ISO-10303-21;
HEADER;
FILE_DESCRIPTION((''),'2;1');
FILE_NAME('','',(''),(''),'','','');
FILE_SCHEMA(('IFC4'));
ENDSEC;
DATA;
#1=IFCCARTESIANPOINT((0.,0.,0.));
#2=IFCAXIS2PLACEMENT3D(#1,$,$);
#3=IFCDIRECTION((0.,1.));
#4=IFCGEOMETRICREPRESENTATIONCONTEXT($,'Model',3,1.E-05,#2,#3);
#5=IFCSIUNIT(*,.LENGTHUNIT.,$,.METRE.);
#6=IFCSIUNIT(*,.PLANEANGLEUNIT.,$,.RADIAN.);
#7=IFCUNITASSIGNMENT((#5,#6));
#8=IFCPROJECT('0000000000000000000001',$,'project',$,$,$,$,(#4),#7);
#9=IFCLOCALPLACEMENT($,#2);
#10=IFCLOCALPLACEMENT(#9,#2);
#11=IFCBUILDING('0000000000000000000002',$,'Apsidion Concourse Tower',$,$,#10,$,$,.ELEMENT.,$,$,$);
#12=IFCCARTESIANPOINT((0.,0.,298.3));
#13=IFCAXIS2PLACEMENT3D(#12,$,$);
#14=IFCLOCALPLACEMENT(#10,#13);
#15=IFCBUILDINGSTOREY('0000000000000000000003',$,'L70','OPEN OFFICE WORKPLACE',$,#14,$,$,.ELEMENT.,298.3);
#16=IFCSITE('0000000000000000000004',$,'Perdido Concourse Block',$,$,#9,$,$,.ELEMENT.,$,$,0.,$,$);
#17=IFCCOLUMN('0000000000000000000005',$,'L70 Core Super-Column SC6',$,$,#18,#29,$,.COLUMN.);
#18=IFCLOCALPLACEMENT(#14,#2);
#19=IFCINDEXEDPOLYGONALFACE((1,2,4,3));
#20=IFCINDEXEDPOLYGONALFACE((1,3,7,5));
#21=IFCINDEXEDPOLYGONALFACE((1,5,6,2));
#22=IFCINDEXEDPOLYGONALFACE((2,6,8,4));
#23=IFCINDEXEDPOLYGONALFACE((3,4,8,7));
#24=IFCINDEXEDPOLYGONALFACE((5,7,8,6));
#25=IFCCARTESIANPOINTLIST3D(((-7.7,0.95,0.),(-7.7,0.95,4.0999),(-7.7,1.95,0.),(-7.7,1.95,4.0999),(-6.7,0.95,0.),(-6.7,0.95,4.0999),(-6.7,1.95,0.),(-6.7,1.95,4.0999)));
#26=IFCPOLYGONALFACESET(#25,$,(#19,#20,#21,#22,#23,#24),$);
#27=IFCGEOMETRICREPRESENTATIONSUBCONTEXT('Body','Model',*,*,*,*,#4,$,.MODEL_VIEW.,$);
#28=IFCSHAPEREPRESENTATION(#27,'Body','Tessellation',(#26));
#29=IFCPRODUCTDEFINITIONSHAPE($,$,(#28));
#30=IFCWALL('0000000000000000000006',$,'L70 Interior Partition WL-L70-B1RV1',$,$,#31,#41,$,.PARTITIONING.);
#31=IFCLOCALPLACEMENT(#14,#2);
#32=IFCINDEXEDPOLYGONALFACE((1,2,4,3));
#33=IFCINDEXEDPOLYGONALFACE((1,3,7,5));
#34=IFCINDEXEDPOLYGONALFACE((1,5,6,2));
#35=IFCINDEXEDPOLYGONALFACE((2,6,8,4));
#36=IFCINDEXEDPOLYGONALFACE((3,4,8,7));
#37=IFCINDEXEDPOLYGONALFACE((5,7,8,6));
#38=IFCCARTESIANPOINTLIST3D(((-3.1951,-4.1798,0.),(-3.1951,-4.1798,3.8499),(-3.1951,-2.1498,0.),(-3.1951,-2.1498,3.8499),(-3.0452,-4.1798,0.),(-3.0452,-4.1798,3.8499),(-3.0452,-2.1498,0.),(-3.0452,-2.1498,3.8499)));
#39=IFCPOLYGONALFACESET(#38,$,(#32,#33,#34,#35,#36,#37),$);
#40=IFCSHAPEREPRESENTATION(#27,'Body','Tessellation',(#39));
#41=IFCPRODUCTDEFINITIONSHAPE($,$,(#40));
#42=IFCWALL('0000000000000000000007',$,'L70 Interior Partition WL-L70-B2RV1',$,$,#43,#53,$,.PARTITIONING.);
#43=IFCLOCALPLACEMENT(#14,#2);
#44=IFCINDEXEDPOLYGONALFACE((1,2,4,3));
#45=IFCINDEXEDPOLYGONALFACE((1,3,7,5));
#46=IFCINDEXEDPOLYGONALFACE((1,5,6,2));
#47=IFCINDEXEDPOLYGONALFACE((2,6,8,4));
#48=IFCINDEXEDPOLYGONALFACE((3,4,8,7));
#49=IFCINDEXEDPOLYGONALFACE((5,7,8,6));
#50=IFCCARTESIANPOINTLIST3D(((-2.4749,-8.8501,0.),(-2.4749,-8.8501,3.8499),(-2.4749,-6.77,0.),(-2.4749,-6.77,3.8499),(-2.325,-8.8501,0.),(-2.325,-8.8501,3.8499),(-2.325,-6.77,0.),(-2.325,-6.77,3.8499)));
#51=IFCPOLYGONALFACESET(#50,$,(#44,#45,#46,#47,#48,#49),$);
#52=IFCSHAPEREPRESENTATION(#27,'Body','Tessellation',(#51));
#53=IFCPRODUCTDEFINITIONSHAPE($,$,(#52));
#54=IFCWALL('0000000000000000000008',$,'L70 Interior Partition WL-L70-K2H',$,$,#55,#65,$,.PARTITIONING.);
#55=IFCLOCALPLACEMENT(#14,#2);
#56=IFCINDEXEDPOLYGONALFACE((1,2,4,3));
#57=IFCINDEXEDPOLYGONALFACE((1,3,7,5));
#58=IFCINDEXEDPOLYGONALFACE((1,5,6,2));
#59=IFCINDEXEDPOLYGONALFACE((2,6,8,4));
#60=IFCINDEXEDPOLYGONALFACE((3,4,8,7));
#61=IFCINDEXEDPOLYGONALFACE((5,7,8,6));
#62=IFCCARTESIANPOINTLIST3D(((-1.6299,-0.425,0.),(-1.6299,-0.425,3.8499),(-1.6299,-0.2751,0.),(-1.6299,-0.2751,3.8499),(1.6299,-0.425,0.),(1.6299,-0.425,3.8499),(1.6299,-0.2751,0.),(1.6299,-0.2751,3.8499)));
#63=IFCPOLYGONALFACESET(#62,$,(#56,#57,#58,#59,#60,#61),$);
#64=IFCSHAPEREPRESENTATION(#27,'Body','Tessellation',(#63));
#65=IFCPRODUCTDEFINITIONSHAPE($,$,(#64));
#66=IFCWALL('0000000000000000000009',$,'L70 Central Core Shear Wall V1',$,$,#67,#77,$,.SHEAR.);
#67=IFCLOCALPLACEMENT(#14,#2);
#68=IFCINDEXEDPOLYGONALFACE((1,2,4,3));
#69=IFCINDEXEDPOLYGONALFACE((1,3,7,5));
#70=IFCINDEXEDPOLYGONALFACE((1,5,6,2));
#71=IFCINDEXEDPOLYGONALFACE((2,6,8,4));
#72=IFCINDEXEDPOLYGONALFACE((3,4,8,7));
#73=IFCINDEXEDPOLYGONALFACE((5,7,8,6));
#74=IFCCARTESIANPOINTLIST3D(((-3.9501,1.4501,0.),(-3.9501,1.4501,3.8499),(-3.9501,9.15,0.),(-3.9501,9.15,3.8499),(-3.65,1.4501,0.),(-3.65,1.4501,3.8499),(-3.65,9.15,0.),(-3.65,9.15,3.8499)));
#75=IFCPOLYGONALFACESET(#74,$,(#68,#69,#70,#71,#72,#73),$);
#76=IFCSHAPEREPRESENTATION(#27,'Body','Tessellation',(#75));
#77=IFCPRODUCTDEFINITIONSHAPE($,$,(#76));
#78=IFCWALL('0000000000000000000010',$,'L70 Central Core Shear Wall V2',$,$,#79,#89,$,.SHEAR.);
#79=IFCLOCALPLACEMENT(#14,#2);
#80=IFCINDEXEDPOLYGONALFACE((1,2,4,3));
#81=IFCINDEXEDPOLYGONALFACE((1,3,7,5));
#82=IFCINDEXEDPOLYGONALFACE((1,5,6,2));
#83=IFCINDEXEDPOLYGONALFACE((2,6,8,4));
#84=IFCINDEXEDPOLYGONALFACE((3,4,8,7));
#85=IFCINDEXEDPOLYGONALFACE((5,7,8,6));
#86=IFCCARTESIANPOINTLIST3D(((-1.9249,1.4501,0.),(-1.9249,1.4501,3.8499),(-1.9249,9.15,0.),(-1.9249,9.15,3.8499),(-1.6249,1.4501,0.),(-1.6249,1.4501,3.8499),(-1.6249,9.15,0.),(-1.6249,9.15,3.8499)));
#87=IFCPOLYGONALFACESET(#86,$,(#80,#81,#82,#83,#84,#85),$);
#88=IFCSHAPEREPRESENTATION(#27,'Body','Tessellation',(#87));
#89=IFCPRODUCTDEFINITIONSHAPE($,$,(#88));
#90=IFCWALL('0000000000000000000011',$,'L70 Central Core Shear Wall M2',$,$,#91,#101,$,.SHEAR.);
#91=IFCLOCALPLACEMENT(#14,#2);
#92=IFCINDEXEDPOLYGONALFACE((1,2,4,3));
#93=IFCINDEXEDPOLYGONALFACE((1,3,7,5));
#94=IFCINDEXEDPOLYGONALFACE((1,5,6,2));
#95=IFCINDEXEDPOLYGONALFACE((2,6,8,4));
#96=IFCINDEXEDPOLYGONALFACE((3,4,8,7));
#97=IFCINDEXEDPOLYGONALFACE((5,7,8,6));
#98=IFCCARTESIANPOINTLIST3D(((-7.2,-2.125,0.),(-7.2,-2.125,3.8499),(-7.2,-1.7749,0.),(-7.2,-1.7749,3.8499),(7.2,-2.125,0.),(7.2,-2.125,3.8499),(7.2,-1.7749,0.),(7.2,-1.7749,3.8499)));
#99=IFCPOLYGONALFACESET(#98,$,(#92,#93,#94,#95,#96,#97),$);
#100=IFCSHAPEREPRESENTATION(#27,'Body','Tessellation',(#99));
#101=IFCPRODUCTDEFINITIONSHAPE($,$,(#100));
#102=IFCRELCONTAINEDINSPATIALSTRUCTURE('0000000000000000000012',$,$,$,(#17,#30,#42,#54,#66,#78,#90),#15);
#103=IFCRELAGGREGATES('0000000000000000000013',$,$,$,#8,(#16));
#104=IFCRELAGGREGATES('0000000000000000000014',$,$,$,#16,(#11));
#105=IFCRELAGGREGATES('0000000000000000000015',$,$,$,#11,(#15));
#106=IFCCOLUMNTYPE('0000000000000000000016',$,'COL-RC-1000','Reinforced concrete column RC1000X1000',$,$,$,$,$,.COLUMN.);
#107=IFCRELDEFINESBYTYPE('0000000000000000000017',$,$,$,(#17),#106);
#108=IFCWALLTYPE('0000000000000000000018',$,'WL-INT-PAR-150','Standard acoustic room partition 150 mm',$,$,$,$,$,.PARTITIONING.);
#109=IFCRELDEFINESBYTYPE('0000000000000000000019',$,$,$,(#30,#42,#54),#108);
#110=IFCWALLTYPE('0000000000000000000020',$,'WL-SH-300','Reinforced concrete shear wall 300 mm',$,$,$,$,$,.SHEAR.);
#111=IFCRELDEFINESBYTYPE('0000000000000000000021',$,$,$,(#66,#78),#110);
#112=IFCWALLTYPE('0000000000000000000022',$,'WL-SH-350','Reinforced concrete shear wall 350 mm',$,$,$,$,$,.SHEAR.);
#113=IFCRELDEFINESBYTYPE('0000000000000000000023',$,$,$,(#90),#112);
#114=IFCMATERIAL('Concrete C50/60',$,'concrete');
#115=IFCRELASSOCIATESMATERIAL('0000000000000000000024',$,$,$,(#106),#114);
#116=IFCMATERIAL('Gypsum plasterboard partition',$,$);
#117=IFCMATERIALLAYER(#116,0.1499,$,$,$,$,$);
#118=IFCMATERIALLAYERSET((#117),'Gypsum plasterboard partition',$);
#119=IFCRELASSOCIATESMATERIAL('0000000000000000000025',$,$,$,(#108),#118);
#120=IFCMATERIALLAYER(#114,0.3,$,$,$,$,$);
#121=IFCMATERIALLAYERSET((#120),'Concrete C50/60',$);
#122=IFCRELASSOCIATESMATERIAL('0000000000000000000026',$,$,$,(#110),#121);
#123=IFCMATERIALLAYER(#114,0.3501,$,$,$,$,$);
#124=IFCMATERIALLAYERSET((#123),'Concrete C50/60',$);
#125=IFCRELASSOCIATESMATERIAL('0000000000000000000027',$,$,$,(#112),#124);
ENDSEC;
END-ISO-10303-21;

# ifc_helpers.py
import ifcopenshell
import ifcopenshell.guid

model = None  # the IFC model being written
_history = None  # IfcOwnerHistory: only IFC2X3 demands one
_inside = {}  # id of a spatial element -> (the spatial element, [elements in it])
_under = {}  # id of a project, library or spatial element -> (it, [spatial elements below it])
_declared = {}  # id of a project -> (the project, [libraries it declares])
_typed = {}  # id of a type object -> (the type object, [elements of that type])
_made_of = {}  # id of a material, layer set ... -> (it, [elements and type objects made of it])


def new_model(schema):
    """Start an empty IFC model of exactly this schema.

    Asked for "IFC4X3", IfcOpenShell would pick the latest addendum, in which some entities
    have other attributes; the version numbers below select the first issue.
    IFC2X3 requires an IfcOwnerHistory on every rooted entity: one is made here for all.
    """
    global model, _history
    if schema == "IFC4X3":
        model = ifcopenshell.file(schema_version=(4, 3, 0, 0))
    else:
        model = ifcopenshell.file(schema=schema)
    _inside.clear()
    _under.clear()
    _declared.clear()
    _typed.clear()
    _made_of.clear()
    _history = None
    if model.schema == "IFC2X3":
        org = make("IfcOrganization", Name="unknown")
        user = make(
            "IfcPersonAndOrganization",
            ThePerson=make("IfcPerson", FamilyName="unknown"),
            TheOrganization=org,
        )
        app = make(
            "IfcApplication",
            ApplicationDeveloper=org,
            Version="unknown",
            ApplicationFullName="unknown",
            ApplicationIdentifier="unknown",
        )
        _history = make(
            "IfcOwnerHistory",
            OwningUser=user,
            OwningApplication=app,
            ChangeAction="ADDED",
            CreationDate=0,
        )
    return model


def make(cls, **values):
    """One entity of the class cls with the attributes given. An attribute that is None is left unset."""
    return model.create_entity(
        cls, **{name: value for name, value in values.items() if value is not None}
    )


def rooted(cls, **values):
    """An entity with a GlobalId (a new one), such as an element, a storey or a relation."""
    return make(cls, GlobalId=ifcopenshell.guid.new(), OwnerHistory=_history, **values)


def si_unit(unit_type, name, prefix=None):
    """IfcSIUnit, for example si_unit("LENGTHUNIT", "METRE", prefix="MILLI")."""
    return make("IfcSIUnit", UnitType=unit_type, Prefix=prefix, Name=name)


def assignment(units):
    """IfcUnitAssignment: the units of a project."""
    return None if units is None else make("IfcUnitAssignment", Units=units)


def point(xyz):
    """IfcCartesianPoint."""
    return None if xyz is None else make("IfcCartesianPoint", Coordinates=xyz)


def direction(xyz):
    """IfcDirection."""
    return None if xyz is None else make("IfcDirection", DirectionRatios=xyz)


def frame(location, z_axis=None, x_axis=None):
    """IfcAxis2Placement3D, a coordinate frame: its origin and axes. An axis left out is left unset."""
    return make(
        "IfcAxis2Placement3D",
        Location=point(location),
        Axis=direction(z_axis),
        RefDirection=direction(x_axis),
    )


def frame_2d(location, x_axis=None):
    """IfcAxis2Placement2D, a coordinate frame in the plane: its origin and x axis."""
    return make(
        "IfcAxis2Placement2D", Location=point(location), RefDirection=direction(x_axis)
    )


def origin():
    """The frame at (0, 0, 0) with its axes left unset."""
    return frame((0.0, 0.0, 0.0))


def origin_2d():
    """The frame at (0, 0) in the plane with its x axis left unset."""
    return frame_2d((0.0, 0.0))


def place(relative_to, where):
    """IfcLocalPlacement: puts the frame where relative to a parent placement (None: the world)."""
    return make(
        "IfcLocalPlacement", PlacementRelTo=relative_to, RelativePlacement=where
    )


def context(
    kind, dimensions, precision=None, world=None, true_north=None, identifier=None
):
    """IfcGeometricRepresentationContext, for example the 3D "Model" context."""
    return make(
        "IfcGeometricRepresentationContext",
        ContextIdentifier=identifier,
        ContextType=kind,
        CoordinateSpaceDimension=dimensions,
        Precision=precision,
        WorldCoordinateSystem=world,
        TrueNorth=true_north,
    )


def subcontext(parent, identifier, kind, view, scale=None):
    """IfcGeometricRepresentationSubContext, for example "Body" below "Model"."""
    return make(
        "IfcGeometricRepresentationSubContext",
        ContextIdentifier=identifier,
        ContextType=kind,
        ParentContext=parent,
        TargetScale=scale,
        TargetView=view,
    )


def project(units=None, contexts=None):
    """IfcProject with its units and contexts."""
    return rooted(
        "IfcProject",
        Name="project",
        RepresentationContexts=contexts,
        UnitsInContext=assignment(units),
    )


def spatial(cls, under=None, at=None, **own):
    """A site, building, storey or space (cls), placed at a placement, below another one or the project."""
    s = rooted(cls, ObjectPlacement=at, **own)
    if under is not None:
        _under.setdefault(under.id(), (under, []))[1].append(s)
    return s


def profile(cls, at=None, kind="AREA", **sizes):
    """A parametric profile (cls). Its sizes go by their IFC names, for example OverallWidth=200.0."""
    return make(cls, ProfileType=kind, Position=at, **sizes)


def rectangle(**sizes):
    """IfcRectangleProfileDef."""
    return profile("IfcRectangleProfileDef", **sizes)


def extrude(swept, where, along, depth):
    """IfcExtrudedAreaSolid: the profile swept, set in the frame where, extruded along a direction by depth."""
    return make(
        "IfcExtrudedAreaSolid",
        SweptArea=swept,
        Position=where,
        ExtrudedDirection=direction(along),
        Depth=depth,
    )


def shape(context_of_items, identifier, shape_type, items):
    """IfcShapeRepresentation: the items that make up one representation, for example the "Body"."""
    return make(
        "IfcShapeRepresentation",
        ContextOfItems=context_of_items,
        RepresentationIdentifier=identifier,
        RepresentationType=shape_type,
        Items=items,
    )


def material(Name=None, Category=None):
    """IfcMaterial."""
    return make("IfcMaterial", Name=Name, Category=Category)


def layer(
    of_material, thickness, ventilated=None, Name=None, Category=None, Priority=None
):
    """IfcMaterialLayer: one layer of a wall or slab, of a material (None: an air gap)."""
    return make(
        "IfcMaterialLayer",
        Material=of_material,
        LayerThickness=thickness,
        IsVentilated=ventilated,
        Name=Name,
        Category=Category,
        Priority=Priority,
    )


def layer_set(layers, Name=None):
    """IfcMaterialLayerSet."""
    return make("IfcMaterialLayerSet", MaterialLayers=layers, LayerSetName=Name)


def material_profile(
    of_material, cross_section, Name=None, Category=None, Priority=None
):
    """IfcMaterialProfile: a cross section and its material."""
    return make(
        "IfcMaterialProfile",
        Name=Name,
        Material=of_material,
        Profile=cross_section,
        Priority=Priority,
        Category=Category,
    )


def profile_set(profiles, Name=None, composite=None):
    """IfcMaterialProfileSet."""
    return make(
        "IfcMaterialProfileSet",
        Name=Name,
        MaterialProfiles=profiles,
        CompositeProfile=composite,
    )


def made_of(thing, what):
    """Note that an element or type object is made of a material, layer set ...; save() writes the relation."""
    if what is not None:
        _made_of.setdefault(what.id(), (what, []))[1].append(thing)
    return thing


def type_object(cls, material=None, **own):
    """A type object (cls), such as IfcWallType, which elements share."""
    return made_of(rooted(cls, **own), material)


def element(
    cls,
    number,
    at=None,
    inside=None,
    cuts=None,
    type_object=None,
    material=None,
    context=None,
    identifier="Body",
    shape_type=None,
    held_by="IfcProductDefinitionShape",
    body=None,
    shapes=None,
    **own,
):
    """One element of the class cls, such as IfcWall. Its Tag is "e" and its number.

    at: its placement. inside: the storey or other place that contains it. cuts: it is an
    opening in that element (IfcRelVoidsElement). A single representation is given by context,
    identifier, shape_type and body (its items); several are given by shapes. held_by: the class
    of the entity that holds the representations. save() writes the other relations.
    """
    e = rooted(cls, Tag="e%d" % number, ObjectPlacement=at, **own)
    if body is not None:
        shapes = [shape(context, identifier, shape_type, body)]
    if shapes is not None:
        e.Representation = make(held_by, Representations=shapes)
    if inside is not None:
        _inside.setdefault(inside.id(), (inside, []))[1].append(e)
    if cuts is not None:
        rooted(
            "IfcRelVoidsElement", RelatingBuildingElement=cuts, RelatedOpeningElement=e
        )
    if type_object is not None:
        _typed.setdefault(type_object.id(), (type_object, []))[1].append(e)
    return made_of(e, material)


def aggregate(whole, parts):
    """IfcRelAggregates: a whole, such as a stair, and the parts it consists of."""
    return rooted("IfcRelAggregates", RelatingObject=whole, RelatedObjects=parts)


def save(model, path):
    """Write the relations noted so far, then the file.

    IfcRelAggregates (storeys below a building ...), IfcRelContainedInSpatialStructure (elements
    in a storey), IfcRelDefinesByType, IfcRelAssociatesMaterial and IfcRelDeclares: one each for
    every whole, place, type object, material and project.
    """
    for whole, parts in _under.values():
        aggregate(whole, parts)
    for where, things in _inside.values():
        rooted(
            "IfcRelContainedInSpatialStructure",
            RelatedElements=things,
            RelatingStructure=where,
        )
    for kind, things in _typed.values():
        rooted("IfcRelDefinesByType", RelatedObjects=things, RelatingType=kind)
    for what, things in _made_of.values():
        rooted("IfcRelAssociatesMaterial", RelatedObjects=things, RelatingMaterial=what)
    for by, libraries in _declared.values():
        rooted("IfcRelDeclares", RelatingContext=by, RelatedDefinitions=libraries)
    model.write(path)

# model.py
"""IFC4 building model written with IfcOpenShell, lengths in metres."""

from ifc_helpers import new_model, si_unit, direction, frame, frame_2d, origin, origin_2d, place, context, subcontext, project, spatial, rectangle, extrude, material, layer, layer_set, material_profile, profile_set, type_object, element, save


model = new_model("IFC4")

# Units and contexts
model_context = context("Model", 3, precision=1e-05, world=origin(), true_north=direction((0.0, 1.0)))
body_context = subcontext(model_context, "Body", "Model", "MODEL_VIEW")
ifc_project = project(units=[si_unit("LENGTHUNIT", "METRE"), si_unit("PLANEANGLEUNIT", "RADIAN")], contexts=[model_context])

# Site, building, storey
site_placement = place(None, origin())
site = spatial("IfcSite", under=ifc_project, at=site_placement, Name="Perdido Concourse Block", CompositionType="ELEMENT", RefElevation=0.0)
building_placement = place(site_placement, origin())
building = spatial("IfcBuilding", under=site, at=building_placement, Name="Apsidion Concourse Tower", CompositionType="ELEMENT")
storey_placement = place(building_placement, frame((0.0, 0.0, 298.3)))
storey = spatial("IfcBuildingStorey", under=building, at=storey_placement, Name="L70", Description="OPEN OFFICE WORKPLACE", CompositionType="ELEMENT", Elevation=298.3)

# Column
ifc_material_1 = material(Name="Concrete C50/60", Category="concrete")
ifc_material_profile = material_profile(ifc_material_1, rectangle(XDim=1.0, YDim=1.0, at=origin_2d()), Name="RC 1000x1000")
ifc_profile_set = profile_set([ifc_material_profile], Name="Concrete C50/60")
column_type = type_object("IfcColumnType", Name="COL-RC-1000", Description="Reinforced concrete column RC1000X1000", PredefinedType="COLUMN", material=ifc_profile_set)
column_placement = place(storey_placement, frame((-7.2, 1.45, 0.0), z_axis=(0.0, 0.0, 1.0), x_axis=(1.0, 0.0, 0.0)))
element("IfcColumn", 1, at=column_placement, inside=storey, type_object=column_type, Name="L70 Core Super-Column SC6", PredefinedType="COLUMN", context=body_context, shape_type="SweptSolid", body=[
    extrude(rectangle(XDim=1.0, YDim=1.0, at=origin_2d()), origin(), (0.0, 0.0, 1.0), 4.0999),
])

# Walls
ifc_material_2 = material(Name="Gypsum plasterboard partition")
ifc_layer_1 = layer(ifc_material_2, 0.1499)
ifc_layer_set_1 = layer_set([ifc_layer_1], Name="Gypsum plasterboard partition")
wall_type_1 = type_object("IfcWallType", Name="WL-INT-PAR-150", Description="Standard acoustic room partition 150 mm", PredefinedType="PARTITIONING", material=ifc_layer_set_1)
wall_1_placement = place(storey_placement, frame((-3.1201, -4.1799, 0.0), z_axis=(0.0, 0.0, 1.0), x_axis=(0.0, 1.0, 0.0)))
element("IfcWall", 2, at=wall_1_placement, inside=storey, type_object=wall_type_1, Name="L70 Interior Partition WL-L70-B1RV1", PredefinedType="PARTITIONING", context=body_context, shape_type="SweptSolid", body=[
    extrude(rectangle(XDim=2.03, YDim=0.1499, at=frame_2d((1.0151, 0.0))), origin(), (0.0, 0.0, 1.0), 3.8499),
])
wall_2_placement = place(storey_placement, frame((-2.3999, -8.8501, 0.0), z_axis=(0.0, 0.0, 1.0), x_axis=(0.0, 1.0, 0.0)))
element("IfcWall", 3, at=wall_2_placement, inside=storey, type_object=wall_type_1, Name="L70 Interior Partition WL-L70-B2RV1", PredefinedType="PARTITIONING", context=body_context, shape_type="SweptSolid", body=[
    extrude(rectangle(XDim=2.0801, YDim=0.1499, at=frame_2d((1.04, 0.0))), origin(), (0.0, 0.0, 1.0), 3.8499),
])
wall_3_placement = place(storey_placement, frame((-1.6299, -0.3501, 0.0), z_axis=(0.0, 0.0, 1.0), x_axis=(1.0, 0.0, 0.0)))
element("IfcWall", 4, at=wall_3_placement, inside=storey, type_object=wall_type_1, Name="L70 Interior Partition WL-L70-K2H", PredefinedType="PARTITIONING", context=body_context, shape_type="SweptSolid", body=[
    extrude(rectangle(XDim=3.2598, YDim=0.1499, at=frame_2d((1.6299, 0.0))), origin(), (0.0, 0.0, 1.0), 3.8499),
])

# Walls
ifc_layer_2 = layer(ifc_material_1, 0.3)
ifc_layer_set_2 = layer_set([ifc_layer_2], Name="Concrete C50/60")
wall_type_2 = type_object("IfcWallType", Name="WL-SH-300", Description="Reinforced concrete shear wall 300 mm", PredefinedType="SHEAR", material=ifc_layer_set_2)
for number, where, z_axis, x_axis, name in (
    (5, (-3.8, 1.45, 0.0), (0.0, 0.0, 1.0), (0.0, 1.0, 0.0), "L70 Central Core Shear Wall V1"),
    (6, (-1.7749, 1.45, 0.0), (0.0, 0.0, 1.0), (0.0, 1.0, 0.0), "L70 Central Core Shear Wall V2"),
):
    element("IfcWall", number, at=place(storey_placement, frame(where, z_axis=z_axis, x_axis=x_axis)), inside=storey, type_object=wall_type_2, Name=name, PredefinedType="SHEAR", context=body_context, shape_type="SweptSolid", body=[
        extrude(rectangle(XDim=7.7, YDim=0.3, at=frame_2d((3.8501, 0.0))), origin(), (0.0, 0.0, 1.0), 3.8499),
    ])

# Shared definitions
ifc_layer_3 = layer(ifc_material_1, 0.3501)
ifc_layer_set_3 = layer_set([ifc_layer_3], Name="Concrete C50/60")
wall_type_3 = type_object("IfcWallType", Name="WL-SH-350", Description="Reinforced concrete shear wall 350 mm", PredefinedType="SHEAR", material=ifc_layer_set_3)

# Wall
wall_4_placement = place(storey_placement, frame((-7.2, -1.95, 0.0), z_axis=(0.0, 0.0, 1.0), x_axis=(1.0, 0.0, 0.0)))
element("IfcWall", 7, at=wall_4_placement, inside=storey, type_object=wall_type_3, Name="L70 Central Core Shear Wall M2", PredefinedType="SHEAR", context=body_context, shape_type="SweptSolid", body=[
    extrude(rectangle(XDim=14.3999, YDim=0.3501, at=frame_2d((7.2, 0.0))), origin(), (0.0, 0.0, 1.0), 3.8499),
])

save(model, "model.ifc")
